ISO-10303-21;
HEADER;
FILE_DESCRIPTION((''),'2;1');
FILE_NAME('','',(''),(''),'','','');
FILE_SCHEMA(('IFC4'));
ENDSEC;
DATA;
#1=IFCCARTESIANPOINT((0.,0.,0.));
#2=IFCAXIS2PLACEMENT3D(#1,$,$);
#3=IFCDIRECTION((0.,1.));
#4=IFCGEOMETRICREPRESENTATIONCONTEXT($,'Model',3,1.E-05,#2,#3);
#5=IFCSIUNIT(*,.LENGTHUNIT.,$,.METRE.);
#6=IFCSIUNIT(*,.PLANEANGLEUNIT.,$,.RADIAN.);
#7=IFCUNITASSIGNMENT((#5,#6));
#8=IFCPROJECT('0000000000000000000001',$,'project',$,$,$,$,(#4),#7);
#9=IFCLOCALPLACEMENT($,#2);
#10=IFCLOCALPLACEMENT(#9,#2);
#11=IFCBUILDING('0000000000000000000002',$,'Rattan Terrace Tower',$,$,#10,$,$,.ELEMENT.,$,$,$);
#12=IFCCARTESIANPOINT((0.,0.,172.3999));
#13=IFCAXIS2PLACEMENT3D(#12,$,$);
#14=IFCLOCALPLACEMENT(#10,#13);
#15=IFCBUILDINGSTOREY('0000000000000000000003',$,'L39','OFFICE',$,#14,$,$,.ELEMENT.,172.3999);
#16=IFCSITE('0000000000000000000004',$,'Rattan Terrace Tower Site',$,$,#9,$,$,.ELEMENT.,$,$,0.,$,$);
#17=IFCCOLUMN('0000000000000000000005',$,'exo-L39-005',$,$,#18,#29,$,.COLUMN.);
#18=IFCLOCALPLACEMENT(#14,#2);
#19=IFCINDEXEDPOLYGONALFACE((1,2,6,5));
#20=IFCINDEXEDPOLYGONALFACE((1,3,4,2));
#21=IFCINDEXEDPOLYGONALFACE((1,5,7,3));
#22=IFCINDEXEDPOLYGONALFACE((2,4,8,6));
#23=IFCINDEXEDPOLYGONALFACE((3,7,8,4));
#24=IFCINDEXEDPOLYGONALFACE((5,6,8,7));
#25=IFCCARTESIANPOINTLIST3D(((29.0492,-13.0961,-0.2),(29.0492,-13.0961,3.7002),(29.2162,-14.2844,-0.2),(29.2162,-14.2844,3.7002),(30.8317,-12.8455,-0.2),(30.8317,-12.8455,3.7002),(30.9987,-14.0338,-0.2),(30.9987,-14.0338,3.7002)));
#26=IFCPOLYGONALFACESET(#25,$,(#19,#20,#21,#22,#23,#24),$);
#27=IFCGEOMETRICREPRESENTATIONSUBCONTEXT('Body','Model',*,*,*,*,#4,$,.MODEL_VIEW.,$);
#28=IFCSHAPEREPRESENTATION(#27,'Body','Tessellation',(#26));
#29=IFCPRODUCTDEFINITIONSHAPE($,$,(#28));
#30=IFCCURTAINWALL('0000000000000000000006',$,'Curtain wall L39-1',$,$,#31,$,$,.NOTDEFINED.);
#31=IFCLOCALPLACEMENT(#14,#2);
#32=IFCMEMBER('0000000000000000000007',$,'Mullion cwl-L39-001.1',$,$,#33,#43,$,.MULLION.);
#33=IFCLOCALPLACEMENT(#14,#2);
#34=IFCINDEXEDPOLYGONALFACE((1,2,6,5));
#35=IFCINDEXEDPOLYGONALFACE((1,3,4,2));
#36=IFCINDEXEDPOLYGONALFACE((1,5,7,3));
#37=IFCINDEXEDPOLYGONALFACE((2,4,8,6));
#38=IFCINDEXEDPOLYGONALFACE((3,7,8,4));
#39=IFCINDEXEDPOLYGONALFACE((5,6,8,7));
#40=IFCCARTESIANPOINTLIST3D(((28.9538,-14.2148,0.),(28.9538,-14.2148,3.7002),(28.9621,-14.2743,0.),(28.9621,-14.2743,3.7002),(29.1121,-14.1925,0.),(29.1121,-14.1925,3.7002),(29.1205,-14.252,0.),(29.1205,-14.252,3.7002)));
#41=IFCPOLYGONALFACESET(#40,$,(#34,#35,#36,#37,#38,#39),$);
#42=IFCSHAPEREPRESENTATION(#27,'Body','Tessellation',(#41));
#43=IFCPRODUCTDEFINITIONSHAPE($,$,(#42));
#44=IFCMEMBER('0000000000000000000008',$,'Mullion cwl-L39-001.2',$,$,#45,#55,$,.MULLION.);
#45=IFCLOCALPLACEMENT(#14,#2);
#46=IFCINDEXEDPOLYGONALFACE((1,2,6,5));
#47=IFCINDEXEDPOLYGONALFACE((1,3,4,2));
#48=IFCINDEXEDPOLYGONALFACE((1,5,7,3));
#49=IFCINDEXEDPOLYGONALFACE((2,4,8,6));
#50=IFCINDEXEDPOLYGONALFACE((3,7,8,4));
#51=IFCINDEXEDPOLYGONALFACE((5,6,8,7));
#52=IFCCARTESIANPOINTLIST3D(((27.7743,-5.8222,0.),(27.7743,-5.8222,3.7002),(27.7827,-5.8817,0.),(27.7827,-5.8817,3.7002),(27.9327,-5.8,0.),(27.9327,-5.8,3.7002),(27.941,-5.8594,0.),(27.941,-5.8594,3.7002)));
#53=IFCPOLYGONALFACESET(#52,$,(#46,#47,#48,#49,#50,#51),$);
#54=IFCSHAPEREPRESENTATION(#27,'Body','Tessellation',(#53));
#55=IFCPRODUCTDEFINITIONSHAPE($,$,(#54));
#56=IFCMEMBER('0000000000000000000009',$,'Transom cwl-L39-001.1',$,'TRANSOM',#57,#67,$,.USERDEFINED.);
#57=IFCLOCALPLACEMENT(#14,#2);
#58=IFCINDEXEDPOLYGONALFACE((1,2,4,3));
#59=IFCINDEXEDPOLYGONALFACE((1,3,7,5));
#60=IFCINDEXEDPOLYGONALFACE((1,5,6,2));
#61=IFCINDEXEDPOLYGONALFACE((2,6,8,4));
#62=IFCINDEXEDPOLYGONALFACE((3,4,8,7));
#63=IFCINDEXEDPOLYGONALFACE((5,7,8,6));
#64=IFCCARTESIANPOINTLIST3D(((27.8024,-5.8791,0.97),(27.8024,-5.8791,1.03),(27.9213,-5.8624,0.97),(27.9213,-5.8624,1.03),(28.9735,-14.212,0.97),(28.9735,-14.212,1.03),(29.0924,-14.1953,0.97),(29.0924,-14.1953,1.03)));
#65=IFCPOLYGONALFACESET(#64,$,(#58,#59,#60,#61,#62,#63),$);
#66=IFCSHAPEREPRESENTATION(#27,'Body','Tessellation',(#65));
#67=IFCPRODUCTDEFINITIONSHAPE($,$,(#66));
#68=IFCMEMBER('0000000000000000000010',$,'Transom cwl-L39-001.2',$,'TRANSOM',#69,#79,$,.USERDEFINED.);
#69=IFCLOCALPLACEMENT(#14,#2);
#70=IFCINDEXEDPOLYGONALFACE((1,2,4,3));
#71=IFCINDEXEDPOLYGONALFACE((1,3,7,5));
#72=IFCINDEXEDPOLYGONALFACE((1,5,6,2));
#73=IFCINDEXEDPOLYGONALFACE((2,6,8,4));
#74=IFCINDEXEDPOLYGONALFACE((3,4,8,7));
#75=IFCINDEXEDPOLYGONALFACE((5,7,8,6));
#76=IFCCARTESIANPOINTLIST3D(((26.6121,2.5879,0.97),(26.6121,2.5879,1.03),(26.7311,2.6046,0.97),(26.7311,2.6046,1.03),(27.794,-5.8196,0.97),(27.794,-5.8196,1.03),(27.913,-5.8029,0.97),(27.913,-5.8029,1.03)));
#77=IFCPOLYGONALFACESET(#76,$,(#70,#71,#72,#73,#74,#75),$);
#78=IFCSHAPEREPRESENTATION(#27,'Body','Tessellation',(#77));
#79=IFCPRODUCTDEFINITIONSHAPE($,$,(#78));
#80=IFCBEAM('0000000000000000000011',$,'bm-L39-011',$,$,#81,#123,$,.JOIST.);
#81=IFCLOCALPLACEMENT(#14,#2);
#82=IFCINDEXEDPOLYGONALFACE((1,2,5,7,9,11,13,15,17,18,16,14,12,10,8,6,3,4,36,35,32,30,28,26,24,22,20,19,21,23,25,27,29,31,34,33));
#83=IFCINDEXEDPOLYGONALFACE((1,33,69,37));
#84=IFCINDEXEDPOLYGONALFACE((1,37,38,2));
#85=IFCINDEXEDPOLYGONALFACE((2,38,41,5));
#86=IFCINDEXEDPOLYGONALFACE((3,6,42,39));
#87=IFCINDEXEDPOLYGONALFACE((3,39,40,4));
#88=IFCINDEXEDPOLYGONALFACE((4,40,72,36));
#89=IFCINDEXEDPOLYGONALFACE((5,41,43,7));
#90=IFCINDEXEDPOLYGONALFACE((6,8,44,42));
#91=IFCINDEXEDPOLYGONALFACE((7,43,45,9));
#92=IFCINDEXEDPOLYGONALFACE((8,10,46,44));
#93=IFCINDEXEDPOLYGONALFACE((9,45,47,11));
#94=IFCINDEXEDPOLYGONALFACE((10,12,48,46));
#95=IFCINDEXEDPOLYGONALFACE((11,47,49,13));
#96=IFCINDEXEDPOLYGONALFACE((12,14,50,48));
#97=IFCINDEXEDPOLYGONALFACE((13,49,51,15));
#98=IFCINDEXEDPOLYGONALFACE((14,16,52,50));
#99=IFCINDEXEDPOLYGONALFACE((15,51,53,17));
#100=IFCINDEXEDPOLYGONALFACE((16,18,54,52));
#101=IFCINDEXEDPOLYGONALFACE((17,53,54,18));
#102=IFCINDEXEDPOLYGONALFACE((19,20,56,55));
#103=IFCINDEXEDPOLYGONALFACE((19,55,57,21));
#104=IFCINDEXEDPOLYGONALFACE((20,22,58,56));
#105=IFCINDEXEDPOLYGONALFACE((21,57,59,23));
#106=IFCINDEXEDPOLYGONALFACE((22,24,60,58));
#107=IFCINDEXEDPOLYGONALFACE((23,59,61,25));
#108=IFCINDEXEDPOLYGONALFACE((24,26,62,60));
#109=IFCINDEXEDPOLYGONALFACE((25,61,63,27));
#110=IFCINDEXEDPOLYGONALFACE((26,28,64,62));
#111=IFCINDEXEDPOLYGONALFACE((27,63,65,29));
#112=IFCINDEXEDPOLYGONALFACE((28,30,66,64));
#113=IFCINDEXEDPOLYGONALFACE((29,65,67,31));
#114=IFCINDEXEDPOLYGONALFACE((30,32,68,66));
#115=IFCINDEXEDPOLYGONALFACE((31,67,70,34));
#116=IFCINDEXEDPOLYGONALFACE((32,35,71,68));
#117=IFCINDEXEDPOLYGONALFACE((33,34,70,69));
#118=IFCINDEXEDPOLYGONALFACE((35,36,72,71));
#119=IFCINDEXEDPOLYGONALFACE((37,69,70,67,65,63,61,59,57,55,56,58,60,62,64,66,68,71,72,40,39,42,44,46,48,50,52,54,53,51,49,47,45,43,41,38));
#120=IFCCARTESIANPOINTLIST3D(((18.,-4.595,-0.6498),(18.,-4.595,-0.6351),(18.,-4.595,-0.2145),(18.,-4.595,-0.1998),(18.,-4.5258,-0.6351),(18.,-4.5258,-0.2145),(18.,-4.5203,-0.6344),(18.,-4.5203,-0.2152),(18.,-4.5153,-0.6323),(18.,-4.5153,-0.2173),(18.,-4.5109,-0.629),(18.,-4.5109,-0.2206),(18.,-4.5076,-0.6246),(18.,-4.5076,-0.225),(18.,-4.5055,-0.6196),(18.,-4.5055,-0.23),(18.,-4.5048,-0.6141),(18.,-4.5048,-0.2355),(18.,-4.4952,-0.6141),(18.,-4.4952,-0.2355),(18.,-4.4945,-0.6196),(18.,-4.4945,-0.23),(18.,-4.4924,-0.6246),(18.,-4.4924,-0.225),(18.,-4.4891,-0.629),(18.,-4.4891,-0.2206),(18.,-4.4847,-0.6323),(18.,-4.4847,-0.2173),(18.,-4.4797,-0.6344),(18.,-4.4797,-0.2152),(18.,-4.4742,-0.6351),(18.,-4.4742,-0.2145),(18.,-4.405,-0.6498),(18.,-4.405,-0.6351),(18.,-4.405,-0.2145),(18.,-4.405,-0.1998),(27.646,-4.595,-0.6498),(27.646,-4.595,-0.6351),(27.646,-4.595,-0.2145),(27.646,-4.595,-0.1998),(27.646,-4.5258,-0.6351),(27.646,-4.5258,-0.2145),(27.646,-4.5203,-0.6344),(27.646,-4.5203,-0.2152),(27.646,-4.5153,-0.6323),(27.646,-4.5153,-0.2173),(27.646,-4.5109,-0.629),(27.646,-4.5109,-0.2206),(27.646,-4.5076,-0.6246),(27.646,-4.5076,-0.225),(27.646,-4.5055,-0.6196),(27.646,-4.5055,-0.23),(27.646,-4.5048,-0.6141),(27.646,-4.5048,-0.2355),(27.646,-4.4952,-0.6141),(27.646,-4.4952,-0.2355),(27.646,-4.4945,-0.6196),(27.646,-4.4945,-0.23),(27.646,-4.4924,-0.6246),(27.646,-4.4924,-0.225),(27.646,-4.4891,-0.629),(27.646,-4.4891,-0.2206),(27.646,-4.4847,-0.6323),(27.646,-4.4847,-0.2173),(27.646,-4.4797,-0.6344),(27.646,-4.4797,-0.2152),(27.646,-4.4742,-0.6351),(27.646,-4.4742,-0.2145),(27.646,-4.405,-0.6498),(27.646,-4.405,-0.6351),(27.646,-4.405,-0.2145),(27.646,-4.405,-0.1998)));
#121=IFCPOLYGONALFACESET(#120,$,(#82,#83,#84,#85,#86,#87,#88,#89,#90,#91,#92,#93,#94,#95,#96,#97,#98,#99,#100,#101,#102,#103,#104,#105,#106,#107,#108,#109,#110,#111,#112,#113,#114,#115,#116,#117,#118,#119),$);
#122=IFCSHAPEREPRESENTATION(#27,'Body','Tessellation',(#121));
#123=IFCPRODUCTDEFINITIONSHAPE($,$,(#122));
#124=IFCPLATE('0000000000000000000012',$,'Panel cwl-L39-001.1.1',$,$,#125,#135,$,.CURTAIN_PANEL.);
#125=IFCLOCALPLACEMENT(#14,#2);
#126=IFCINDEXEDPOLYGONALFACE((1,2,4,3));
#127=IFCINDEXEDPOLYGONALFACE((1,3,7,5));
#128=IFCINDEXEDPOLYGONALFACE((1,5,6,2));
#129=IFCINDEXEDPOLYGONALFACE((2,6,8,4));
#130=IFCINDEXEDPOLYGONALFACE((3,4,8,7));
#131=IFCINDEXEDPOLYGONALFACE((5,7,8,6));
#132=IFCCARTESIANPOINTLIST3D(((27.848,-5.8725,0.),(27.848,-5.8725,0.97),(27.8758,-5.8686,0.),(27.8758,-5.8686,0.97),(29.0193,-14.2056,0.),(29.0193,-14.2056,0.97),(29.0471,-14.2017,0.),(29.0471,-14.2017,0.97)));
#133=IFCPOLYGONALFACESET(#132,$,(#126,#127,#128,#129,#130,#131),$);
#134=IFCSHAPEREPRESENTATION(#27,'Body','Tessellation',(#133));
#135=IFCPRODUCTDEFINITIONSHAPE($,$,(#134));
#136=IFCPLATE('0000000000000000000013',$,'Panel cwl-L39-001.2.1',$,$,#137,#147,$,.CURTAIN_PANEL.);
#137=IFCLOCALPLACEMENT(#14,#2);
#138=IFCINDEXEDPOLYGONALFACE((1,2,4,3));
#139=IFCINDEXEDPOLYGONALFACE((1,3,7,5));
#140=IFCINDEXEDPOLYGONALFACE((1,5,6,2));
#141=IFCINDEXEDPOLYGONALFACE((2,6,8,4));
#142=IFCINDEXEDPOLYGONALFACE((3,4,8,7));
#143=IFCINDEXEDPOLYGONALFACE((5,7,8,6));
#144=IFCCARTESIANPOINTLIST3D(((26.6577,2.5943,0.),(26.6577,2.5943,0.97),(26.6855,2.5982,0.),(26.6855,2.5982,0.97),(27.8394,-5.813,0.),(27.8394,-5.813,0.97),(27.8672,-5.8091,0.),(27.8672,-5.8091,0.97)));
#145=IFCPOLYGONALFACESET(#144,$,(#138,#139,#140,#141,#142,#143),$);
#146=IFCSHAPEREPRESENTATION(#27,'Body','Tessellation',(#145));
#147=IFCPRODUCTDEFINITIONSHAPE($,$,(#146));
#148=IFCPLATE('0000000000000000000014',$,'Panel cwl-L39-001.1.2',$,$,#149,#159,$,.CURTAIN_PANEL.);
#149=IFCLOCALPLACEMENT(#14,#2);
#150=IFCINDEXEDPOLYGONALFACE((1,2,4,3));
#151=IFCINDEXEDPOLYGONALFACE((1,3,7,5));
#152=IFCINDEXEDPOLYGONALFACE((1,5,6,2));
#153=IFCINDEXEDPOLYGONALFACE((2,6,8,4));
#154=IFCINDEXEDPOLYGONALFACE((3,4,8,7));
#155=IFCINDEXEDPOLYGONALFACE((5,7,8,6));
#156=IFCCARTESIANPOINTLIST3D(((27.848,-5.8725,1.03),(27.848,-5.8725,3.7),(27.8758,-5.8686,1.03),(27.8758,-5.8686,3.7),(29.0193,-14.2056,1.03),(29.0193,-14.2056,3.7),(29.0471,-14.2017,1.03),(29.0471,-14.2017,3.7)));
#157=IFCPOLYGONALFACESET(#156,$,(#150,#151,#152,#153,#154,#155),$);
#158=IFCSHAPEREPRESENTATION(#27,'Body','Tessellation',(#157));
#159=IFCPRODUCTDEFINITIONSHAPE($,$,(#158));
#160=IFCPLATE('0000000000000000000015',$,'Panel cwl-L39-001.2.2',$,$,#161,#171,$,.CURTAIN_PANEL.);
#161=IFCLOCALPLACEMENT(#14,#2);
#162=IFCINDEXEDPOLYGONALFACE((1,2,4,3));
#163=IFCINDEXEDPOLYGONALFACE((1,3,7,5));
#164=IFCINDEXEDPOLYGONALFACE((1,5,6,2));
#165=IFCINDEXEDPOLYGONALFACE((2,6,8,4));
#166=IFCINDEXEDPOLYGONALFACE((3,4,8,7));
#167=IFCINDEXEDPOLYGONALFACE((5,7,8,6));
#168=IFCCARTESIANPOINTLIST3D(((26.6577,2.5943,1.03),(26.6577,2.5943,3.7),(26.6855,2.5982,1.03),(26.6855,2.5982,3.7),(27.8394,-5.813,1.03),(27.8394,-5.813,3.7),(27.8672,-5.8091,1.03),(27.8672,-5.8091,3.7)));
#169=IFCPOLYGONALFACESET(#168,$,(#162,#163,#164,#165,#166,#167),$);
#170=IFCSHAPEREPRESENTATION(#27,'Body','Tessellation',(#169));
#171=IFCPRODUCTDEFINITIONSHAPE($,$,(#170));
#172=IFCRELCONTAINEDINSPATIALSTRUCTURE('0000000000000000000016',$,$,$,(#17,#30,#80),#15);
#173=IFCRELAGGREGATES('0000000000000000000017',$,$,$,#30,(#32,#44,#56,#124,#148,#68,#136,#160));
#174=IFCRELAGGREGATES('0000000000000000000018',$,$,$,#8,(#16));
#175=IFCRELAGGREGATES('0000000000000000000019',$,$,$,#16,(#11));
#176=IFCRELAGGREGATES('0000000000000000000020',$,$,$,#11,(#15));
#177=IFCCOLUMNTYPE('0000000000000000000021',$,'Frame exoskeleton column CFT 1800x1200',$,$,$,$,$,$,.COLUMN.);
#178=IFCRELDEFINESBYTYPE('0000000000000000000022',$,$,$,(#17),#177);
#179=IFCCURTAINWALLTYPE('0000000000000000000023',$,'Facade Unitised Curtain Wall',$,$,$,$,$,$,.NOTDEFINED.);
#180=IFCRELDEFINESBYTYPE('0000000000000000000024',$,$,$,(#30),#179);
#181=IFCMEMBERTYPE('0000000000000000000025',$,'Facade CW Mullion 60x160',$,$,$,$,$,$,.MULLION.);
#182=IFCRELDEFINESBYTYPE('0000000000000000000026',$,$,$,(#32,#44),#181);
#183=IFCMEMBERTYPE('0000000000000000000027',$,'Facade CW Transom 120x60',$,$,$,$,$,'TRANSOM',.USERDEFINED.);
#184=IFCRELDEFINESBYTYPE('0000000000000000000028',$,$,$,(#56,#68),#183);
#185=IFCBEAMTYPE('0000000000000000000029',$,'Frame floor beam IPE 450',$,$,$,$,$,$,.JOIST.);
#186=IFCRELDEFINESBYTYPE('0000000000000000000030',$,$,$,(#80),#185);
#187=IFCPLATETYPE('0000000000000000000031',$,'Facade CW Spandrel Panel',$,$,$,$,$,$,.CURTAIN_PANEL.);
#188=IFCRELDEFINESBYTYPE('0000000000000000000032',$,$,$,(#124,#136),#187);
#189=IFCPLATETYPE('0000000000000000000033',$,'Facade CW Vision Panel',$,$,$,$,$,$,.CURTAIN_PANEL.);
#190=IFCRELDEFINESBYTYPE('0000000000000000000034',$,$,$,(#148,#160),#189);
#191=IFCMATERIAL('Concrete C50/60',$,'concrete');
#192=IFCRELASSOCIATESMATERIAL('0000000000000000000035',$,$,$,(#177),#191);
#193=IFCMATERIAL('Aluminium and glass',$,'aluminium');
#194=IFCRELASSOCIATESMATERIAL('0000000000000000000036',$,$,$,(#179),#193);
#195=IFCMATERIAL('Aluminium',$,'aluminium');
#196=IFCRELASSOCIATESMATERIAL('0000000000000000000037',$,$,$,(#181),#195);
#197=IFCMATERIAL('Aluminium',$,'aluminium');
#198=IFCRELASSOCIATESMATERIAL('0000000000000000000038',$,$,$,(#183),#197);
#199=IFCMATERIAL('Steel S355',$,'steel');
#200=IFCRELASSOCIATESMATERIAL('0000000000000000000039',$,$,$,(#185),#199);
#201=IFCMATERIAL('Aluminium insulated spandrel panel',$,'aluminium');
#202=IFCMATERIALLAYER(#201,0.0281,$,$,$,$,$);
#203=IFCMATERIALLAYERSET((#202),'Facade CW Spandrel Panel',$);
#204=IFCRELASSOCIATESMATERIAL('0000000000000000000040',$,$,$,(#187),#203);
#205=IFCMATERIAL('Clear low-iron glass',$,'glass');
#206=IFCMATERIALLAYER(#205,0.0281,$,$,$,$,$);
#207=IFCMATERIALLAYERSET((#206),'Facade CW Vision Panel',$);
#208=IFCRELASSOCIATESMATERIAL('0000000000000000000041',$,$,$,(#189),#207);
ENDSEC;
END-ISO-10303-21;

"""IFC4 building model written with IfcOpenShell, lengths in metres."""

from ifc_helpers import new_model, si_unit, direction, frame, origin, origin_2d, place, context, subcontext, project, spatial, rectangle, i_section, extrude, material, layer, layer_set, material_profile, profile_set, type_object, element, aggregate, save


model = new_model("IFC4")

# Units and contexts
model_context = context("Model", 3, precision=1e-05, world=origin(), true_north=direction((0.0, 1.0)))
body_context = subcontext(model_context, "Body", "Model", "MODEL_VIEW")
ifc_project = project(units=[si_unit("LENGTHUNIT", "METRE"), si_unit("PLANEANGLEUNIT", "RADIAN")], contexts=[model_context])

# Site, building, storey
site_placement = place(None, origin())
site = spatial("IfcSite", under=ifc_project, at=site_placement, Name="Rattan Terrace Tower Site", CompositionType="ELEMENT", RefElevation=0.0)
building_placement = place(site_placement, origin())
building = spatial("IfcBuilding", under=site, at=building_placement, Name="Rattan Terrace Tower", CompositionType="ELEMENT")
storey_placement = place(building_placement, frame((0.0, 0.0, 172.3999)))
storey = spatial("IfcBuildingStorey", under=building, at=storey_placement, Name="L39", Description="OFFICE", CompositionType="ELEMENT", Elevation=172.3999)

# Column
ifc_material_1 = material(Name="Concrete C50/60", Category="concrete")
ifc_material_profile_1 = material_profile(ifc_material_1, rectangle(XDim=1.2, YDim=1.8, at=origin_2d()), Name="CFT 1800x1200")
ifc_profile_set_1 = profile_set([ifc_material_profile_1], Name="Concrete C50/60")
column_type = type_object("IfcColumnType", Name="Frame exoskeleton column CFT 1800x1200", PredefinedType="COLUMN", material=ifc_profile_set_1)
column_placement = place(storey_placement, frame((30.0239, -13.5649, -0.2), z_axis=(0.0, 0.0, 1.0), x_axis=(-0.13919, 0.990266, 0.0)))
element("IfcColumn", 1, at=column_placement, inside=storey, type_object=column_type, Name="exo-L39-005", PredefinedType="COLUMN", context=body_context, shape_type="SweptSolid", body=[
    extrude(rectangle(XDim=1.2, YDim=1.8, at=origin_2d()), origin(), (0.0, 0.0, 1.0), 3.9001),
])

# Curtain wall, members
ifc_material_2 = material(Name="Aluminium and glass", Category="aluminium")
curtain_wall_type = type_object("IfcCurtainWallType", Name="Facade Unitised Curtain Wall", PredefinedType="NOTDEFINED", material=ifc_material_2)
curtain_wall_placement = place(storey_placement, origin())
curtain_wall = element("IfcCurtainWall", 2, at=curtain_wall_placement, inside=storey, type_object=curtain_wall_type, Name="Curtain wall L39-1", PredefinedType="NOTDEFINED")
ifc_material_3 = material(Name="Aluminium", Category="aluminium")
ifc_material_profile_2 = material_profile(ifc_material_3, rectangle(XDim=0.0601, YDim=0.1599, at=origin_2d()), Name="Aluminium 60x160")
ifc_profile_set_2 = profile_set([ifc_material_profile_2], Name="Aluminium")
member_type_1 = type_object("IfcMemberType", Name="Facade CW Mullion 60x160", PredefinedType="MULLION", material=ifc_profile_set_2)
member_1_placement = place(storey_placement, frame((29.0371, -14.2334, 0.0), z_axis=(0.0, 0.0, 1.0), x_axis=(-0.139191, 0.990266, 0.0)))
member_1 = element("IfcMember", 3, at=member_1_placement, type_object=member_type_1, Name="Mullion cwl-L39-001.1", PredefinedType="MULLION", context=body_context, shape_type="SweptSolid", body=[
    extrude(rectangle(XDim=0.0601, YDim=0.1599, at=origin_2d()), origin(), (0.0, 0.0, 1.0), 3.7002),
])
member_2_placement = place(storey_placement, frame((27.8577, -5.8408, 0.0), z_axis=(0.0, 0.0, 1.0), x_axis=(-0.139191, 0.990266, 0.0)))
member_2 = element("IfcMember", 4, at=member_2_placement, type_object=member_type_1, Name="Mullion cwl-L39-001.2", PredefinedType="MULLION", context=body_context, shape_type="SweptSolid", body=[
    extrude(rectangle(XDim=0.0601, YDim=0.1599, at=origin_2d()), origin(), (0.0, 0.0, 1.0), 3.7002),
])
ifc_material_4 = material(Name="Aluminium", Category="aluminium")
ifc_material_profile_3 = material_profile(ifc_material_4, rectangle(XDim=0.1201, YDim=0.0601, at=origin_2d()), Name="Aluminium 120x60")
ifc_profile_set_3 = profile_set([ifc_material_profile_3], Name="Aluminium")
member_type_2 = type_object("IfcMemberType", Name="Facade CW Transom 120x60", ElementType="TRANSOM", PredefinedType="USERDEFINED", material=ifc_profile_set_3)
member_3_placement = place(storey_placement, frame((29.033, -14.2036, 1.0), z_axis=(-0.139175, 0.990268, 0.0), x_axis=(-0.990268, -0.139175, 0.0)))
member_3 = element("IfcMember", 5, at=member_3_placement, type_object=member_type_2, Name="Transom cwl-L39-001.1", ObjectType="TRANSOM", PredefinedType="USERDEFINED", context=body_context, shape_type="SweptSolid", body=[
    extrude(rectangle(XDim=0.1201, YDim=0.0601, at=origin_2d()), origin(), (0.0, 0.0, 1.0), 8.4148),
])
member_4_placement = place(storey_placement, frame((27.8535, -5.8113, 1.0), z_axis=(-0.139207, 0.990263, 0.0), x_axis=(-0.990263, -0.139207, 0.0)))
member_4 = element("IfcMember", 6, at=member_4_placement, type_object=member_type_2, Name="Transom cwl-L39-001.2", ObjectType="TRANSOM", PredefinedType="USERDEFINED", context=body_context, shape_type="SweptSolid", body=[
    extrude(rectangle(XDim=0.1201, YDim=0.0601, at=origin_2d()), origin(), (0.0, 0.0, 1.0), 8.4902),
])

# Beam
ifc_material_5 = material(Name="Steel S355", Category="steel")
ifc_material_profile_4 = material_profile(ifc_material_5, i_section(OverallWidth=0.1899, OverallDepth=0.45, WebThickness=0.0095, FlangeThickness=0.0146, FilletRadius=0.021, at=origin_2d()), Name="IPE 450")
ifc_profile_set_4 = profile_set([ifc_material_profile_4], Name="Steel S355")
beam_type = type_object("IfcBeamType", Name="Frame floor beam IPE 450", PredefinedType="JOIST", material=ifc_profile_set_4)
beam_placement = place(storey_placement, frame((18.0, -4.5, -0.4248), z_axis=(1.0, 0.0, 0.0), x_axis=(0.0, 1.0, 0.0)))
element("IfcBeam", 7, at=beam_placement, inside=storey, type_object=beam_type, Name="bm-L39-011", PredefinedType="JOIST", context=body_context, shape_type="SweptSolid", body=[
    extrude(i_section(OverallWidth=0.1899, OverallDepth=0.45, WebThickness=0.0095, FlangeThickness=0.0146, FilletRadius=0.021, at=origin_2d()), origin(), (0.0, 0.0, 1.0), 9.646),
])

# Plates
ifc_material_6 = material(Name="Aluminium insulated spandrel panel", Category="aluminium")
ifc_layer_1 = layer(ifc_material_6, 0.0281)
ifc_layer_set_1 = layer_set([ifc_layer_1], Name="Facade CW Spandrel Panel")
plate_type_1 = type_object("IfcPlateType", Name="Facade CW Spandrel Panel", PredefinedType="CURTAIN_PANEL", material=ifc_layer_set_1)
plate_1_placement = place(storey_placement, frame((28.4475, -10.0371, 0.0), z_axis=(0.0, 0.0, 1.0), x_axis=(-0.139191, 0.990266, 0.0)))
plate_1 = element("IfcPlate", 8, at=plate_1_placement, type_object=plate_type_1, Name="Panel cwl-L39-001.1.1", PredefinedType="CURTAIN_PANEL", context=body_context, shape_type="SweptSolid", body=[
    extrude(rectangle(XDim=8.415, YDim=0.0281, at=origin_2d()), origin(), (0.0, 0.0, 1.0), 0.97),
])
plate_2_placement = place(storey_placement, frame((27.2625, -1.6074, 0.0), z_axis=(0.0, 0.0, 1.0), x_axis=(-0.139191, 0.990266, 0.0)))
plate_2 = element("IfcPlate", 9, at=plate_2_placement, type_object=plate_type_1, Name="Panel cwl-L39-001.2.1", PredefinedType="CURTAIN_PANEL", context=body_context, shape_type="SweptSolid", body=[
    extrude(rectangle(XDim=8.49, YDim=0.0281, at=origin_2d()), origin(), (0.0, 0.0, 1.0), 0.97),
])
ifc_material_7 = material(Name="Clear low-iron glass", Category="glass")
ifc_layer_2 = layer(ifc_material_7, 0.0281)
ifc_layer_set_2 = layer_set([ifc_layer_2], Name="Facade CW Vision Panel")
plate_type_2 = type_object("IfcPlateType", Name="Facade CW Vision Panel", PredefinedType="CURTAIN_PANEL", material=ifc_layer_set_2)
plate_3_placement = place(storey_placement, frame((28.4475, -10.0371, 1.03), z_axis=(0.0, 0.0, 1.0), x_axis=(-0.139191, 0.990266, 0.0)))
plate_3 = element("IfcPlate", 10, at=plate_3_placement, type_object=plate_type_2, Name="Panel cwl-L39-001.1.2", PredefinedType="CURTAIN_PANEL", context=body_context, shape_type="SweptSolid", body=[
    extrude(rectangle(XDim=8.415, YDim=0.0281, at=origin_2d()), origin(), (0.0, 0.0, 1.0), 2.6699),
])
plate_4_placement = place(storey_placement, frame((27.2625, -1.6074, 1.03), z_axis=(0.0, 0.0, 1.0), x_axis=(-0.139191, 0.990266, 0.0)))
plate_4 = element("IfcPlate", 11, at=plate_4_placement, type_object=plate_type_2, Name="Panel cwl-L39-001.2.2", PredefinedType="CURTAIN_PANEL", context=body_context, shape_type="SweptSolid", body=[
    extrude(rectangle(XDim=8.49, YDim=0.0281, at=origin_2d()), origin(), (0.0, 0.0, 1.0), 2.6699),
])
aggregate(curtain_wall, [member_1, member_2, member_3, plate_1, plate_3, member_4, plate_2, plate_4])

save(model, "model.ifc")
